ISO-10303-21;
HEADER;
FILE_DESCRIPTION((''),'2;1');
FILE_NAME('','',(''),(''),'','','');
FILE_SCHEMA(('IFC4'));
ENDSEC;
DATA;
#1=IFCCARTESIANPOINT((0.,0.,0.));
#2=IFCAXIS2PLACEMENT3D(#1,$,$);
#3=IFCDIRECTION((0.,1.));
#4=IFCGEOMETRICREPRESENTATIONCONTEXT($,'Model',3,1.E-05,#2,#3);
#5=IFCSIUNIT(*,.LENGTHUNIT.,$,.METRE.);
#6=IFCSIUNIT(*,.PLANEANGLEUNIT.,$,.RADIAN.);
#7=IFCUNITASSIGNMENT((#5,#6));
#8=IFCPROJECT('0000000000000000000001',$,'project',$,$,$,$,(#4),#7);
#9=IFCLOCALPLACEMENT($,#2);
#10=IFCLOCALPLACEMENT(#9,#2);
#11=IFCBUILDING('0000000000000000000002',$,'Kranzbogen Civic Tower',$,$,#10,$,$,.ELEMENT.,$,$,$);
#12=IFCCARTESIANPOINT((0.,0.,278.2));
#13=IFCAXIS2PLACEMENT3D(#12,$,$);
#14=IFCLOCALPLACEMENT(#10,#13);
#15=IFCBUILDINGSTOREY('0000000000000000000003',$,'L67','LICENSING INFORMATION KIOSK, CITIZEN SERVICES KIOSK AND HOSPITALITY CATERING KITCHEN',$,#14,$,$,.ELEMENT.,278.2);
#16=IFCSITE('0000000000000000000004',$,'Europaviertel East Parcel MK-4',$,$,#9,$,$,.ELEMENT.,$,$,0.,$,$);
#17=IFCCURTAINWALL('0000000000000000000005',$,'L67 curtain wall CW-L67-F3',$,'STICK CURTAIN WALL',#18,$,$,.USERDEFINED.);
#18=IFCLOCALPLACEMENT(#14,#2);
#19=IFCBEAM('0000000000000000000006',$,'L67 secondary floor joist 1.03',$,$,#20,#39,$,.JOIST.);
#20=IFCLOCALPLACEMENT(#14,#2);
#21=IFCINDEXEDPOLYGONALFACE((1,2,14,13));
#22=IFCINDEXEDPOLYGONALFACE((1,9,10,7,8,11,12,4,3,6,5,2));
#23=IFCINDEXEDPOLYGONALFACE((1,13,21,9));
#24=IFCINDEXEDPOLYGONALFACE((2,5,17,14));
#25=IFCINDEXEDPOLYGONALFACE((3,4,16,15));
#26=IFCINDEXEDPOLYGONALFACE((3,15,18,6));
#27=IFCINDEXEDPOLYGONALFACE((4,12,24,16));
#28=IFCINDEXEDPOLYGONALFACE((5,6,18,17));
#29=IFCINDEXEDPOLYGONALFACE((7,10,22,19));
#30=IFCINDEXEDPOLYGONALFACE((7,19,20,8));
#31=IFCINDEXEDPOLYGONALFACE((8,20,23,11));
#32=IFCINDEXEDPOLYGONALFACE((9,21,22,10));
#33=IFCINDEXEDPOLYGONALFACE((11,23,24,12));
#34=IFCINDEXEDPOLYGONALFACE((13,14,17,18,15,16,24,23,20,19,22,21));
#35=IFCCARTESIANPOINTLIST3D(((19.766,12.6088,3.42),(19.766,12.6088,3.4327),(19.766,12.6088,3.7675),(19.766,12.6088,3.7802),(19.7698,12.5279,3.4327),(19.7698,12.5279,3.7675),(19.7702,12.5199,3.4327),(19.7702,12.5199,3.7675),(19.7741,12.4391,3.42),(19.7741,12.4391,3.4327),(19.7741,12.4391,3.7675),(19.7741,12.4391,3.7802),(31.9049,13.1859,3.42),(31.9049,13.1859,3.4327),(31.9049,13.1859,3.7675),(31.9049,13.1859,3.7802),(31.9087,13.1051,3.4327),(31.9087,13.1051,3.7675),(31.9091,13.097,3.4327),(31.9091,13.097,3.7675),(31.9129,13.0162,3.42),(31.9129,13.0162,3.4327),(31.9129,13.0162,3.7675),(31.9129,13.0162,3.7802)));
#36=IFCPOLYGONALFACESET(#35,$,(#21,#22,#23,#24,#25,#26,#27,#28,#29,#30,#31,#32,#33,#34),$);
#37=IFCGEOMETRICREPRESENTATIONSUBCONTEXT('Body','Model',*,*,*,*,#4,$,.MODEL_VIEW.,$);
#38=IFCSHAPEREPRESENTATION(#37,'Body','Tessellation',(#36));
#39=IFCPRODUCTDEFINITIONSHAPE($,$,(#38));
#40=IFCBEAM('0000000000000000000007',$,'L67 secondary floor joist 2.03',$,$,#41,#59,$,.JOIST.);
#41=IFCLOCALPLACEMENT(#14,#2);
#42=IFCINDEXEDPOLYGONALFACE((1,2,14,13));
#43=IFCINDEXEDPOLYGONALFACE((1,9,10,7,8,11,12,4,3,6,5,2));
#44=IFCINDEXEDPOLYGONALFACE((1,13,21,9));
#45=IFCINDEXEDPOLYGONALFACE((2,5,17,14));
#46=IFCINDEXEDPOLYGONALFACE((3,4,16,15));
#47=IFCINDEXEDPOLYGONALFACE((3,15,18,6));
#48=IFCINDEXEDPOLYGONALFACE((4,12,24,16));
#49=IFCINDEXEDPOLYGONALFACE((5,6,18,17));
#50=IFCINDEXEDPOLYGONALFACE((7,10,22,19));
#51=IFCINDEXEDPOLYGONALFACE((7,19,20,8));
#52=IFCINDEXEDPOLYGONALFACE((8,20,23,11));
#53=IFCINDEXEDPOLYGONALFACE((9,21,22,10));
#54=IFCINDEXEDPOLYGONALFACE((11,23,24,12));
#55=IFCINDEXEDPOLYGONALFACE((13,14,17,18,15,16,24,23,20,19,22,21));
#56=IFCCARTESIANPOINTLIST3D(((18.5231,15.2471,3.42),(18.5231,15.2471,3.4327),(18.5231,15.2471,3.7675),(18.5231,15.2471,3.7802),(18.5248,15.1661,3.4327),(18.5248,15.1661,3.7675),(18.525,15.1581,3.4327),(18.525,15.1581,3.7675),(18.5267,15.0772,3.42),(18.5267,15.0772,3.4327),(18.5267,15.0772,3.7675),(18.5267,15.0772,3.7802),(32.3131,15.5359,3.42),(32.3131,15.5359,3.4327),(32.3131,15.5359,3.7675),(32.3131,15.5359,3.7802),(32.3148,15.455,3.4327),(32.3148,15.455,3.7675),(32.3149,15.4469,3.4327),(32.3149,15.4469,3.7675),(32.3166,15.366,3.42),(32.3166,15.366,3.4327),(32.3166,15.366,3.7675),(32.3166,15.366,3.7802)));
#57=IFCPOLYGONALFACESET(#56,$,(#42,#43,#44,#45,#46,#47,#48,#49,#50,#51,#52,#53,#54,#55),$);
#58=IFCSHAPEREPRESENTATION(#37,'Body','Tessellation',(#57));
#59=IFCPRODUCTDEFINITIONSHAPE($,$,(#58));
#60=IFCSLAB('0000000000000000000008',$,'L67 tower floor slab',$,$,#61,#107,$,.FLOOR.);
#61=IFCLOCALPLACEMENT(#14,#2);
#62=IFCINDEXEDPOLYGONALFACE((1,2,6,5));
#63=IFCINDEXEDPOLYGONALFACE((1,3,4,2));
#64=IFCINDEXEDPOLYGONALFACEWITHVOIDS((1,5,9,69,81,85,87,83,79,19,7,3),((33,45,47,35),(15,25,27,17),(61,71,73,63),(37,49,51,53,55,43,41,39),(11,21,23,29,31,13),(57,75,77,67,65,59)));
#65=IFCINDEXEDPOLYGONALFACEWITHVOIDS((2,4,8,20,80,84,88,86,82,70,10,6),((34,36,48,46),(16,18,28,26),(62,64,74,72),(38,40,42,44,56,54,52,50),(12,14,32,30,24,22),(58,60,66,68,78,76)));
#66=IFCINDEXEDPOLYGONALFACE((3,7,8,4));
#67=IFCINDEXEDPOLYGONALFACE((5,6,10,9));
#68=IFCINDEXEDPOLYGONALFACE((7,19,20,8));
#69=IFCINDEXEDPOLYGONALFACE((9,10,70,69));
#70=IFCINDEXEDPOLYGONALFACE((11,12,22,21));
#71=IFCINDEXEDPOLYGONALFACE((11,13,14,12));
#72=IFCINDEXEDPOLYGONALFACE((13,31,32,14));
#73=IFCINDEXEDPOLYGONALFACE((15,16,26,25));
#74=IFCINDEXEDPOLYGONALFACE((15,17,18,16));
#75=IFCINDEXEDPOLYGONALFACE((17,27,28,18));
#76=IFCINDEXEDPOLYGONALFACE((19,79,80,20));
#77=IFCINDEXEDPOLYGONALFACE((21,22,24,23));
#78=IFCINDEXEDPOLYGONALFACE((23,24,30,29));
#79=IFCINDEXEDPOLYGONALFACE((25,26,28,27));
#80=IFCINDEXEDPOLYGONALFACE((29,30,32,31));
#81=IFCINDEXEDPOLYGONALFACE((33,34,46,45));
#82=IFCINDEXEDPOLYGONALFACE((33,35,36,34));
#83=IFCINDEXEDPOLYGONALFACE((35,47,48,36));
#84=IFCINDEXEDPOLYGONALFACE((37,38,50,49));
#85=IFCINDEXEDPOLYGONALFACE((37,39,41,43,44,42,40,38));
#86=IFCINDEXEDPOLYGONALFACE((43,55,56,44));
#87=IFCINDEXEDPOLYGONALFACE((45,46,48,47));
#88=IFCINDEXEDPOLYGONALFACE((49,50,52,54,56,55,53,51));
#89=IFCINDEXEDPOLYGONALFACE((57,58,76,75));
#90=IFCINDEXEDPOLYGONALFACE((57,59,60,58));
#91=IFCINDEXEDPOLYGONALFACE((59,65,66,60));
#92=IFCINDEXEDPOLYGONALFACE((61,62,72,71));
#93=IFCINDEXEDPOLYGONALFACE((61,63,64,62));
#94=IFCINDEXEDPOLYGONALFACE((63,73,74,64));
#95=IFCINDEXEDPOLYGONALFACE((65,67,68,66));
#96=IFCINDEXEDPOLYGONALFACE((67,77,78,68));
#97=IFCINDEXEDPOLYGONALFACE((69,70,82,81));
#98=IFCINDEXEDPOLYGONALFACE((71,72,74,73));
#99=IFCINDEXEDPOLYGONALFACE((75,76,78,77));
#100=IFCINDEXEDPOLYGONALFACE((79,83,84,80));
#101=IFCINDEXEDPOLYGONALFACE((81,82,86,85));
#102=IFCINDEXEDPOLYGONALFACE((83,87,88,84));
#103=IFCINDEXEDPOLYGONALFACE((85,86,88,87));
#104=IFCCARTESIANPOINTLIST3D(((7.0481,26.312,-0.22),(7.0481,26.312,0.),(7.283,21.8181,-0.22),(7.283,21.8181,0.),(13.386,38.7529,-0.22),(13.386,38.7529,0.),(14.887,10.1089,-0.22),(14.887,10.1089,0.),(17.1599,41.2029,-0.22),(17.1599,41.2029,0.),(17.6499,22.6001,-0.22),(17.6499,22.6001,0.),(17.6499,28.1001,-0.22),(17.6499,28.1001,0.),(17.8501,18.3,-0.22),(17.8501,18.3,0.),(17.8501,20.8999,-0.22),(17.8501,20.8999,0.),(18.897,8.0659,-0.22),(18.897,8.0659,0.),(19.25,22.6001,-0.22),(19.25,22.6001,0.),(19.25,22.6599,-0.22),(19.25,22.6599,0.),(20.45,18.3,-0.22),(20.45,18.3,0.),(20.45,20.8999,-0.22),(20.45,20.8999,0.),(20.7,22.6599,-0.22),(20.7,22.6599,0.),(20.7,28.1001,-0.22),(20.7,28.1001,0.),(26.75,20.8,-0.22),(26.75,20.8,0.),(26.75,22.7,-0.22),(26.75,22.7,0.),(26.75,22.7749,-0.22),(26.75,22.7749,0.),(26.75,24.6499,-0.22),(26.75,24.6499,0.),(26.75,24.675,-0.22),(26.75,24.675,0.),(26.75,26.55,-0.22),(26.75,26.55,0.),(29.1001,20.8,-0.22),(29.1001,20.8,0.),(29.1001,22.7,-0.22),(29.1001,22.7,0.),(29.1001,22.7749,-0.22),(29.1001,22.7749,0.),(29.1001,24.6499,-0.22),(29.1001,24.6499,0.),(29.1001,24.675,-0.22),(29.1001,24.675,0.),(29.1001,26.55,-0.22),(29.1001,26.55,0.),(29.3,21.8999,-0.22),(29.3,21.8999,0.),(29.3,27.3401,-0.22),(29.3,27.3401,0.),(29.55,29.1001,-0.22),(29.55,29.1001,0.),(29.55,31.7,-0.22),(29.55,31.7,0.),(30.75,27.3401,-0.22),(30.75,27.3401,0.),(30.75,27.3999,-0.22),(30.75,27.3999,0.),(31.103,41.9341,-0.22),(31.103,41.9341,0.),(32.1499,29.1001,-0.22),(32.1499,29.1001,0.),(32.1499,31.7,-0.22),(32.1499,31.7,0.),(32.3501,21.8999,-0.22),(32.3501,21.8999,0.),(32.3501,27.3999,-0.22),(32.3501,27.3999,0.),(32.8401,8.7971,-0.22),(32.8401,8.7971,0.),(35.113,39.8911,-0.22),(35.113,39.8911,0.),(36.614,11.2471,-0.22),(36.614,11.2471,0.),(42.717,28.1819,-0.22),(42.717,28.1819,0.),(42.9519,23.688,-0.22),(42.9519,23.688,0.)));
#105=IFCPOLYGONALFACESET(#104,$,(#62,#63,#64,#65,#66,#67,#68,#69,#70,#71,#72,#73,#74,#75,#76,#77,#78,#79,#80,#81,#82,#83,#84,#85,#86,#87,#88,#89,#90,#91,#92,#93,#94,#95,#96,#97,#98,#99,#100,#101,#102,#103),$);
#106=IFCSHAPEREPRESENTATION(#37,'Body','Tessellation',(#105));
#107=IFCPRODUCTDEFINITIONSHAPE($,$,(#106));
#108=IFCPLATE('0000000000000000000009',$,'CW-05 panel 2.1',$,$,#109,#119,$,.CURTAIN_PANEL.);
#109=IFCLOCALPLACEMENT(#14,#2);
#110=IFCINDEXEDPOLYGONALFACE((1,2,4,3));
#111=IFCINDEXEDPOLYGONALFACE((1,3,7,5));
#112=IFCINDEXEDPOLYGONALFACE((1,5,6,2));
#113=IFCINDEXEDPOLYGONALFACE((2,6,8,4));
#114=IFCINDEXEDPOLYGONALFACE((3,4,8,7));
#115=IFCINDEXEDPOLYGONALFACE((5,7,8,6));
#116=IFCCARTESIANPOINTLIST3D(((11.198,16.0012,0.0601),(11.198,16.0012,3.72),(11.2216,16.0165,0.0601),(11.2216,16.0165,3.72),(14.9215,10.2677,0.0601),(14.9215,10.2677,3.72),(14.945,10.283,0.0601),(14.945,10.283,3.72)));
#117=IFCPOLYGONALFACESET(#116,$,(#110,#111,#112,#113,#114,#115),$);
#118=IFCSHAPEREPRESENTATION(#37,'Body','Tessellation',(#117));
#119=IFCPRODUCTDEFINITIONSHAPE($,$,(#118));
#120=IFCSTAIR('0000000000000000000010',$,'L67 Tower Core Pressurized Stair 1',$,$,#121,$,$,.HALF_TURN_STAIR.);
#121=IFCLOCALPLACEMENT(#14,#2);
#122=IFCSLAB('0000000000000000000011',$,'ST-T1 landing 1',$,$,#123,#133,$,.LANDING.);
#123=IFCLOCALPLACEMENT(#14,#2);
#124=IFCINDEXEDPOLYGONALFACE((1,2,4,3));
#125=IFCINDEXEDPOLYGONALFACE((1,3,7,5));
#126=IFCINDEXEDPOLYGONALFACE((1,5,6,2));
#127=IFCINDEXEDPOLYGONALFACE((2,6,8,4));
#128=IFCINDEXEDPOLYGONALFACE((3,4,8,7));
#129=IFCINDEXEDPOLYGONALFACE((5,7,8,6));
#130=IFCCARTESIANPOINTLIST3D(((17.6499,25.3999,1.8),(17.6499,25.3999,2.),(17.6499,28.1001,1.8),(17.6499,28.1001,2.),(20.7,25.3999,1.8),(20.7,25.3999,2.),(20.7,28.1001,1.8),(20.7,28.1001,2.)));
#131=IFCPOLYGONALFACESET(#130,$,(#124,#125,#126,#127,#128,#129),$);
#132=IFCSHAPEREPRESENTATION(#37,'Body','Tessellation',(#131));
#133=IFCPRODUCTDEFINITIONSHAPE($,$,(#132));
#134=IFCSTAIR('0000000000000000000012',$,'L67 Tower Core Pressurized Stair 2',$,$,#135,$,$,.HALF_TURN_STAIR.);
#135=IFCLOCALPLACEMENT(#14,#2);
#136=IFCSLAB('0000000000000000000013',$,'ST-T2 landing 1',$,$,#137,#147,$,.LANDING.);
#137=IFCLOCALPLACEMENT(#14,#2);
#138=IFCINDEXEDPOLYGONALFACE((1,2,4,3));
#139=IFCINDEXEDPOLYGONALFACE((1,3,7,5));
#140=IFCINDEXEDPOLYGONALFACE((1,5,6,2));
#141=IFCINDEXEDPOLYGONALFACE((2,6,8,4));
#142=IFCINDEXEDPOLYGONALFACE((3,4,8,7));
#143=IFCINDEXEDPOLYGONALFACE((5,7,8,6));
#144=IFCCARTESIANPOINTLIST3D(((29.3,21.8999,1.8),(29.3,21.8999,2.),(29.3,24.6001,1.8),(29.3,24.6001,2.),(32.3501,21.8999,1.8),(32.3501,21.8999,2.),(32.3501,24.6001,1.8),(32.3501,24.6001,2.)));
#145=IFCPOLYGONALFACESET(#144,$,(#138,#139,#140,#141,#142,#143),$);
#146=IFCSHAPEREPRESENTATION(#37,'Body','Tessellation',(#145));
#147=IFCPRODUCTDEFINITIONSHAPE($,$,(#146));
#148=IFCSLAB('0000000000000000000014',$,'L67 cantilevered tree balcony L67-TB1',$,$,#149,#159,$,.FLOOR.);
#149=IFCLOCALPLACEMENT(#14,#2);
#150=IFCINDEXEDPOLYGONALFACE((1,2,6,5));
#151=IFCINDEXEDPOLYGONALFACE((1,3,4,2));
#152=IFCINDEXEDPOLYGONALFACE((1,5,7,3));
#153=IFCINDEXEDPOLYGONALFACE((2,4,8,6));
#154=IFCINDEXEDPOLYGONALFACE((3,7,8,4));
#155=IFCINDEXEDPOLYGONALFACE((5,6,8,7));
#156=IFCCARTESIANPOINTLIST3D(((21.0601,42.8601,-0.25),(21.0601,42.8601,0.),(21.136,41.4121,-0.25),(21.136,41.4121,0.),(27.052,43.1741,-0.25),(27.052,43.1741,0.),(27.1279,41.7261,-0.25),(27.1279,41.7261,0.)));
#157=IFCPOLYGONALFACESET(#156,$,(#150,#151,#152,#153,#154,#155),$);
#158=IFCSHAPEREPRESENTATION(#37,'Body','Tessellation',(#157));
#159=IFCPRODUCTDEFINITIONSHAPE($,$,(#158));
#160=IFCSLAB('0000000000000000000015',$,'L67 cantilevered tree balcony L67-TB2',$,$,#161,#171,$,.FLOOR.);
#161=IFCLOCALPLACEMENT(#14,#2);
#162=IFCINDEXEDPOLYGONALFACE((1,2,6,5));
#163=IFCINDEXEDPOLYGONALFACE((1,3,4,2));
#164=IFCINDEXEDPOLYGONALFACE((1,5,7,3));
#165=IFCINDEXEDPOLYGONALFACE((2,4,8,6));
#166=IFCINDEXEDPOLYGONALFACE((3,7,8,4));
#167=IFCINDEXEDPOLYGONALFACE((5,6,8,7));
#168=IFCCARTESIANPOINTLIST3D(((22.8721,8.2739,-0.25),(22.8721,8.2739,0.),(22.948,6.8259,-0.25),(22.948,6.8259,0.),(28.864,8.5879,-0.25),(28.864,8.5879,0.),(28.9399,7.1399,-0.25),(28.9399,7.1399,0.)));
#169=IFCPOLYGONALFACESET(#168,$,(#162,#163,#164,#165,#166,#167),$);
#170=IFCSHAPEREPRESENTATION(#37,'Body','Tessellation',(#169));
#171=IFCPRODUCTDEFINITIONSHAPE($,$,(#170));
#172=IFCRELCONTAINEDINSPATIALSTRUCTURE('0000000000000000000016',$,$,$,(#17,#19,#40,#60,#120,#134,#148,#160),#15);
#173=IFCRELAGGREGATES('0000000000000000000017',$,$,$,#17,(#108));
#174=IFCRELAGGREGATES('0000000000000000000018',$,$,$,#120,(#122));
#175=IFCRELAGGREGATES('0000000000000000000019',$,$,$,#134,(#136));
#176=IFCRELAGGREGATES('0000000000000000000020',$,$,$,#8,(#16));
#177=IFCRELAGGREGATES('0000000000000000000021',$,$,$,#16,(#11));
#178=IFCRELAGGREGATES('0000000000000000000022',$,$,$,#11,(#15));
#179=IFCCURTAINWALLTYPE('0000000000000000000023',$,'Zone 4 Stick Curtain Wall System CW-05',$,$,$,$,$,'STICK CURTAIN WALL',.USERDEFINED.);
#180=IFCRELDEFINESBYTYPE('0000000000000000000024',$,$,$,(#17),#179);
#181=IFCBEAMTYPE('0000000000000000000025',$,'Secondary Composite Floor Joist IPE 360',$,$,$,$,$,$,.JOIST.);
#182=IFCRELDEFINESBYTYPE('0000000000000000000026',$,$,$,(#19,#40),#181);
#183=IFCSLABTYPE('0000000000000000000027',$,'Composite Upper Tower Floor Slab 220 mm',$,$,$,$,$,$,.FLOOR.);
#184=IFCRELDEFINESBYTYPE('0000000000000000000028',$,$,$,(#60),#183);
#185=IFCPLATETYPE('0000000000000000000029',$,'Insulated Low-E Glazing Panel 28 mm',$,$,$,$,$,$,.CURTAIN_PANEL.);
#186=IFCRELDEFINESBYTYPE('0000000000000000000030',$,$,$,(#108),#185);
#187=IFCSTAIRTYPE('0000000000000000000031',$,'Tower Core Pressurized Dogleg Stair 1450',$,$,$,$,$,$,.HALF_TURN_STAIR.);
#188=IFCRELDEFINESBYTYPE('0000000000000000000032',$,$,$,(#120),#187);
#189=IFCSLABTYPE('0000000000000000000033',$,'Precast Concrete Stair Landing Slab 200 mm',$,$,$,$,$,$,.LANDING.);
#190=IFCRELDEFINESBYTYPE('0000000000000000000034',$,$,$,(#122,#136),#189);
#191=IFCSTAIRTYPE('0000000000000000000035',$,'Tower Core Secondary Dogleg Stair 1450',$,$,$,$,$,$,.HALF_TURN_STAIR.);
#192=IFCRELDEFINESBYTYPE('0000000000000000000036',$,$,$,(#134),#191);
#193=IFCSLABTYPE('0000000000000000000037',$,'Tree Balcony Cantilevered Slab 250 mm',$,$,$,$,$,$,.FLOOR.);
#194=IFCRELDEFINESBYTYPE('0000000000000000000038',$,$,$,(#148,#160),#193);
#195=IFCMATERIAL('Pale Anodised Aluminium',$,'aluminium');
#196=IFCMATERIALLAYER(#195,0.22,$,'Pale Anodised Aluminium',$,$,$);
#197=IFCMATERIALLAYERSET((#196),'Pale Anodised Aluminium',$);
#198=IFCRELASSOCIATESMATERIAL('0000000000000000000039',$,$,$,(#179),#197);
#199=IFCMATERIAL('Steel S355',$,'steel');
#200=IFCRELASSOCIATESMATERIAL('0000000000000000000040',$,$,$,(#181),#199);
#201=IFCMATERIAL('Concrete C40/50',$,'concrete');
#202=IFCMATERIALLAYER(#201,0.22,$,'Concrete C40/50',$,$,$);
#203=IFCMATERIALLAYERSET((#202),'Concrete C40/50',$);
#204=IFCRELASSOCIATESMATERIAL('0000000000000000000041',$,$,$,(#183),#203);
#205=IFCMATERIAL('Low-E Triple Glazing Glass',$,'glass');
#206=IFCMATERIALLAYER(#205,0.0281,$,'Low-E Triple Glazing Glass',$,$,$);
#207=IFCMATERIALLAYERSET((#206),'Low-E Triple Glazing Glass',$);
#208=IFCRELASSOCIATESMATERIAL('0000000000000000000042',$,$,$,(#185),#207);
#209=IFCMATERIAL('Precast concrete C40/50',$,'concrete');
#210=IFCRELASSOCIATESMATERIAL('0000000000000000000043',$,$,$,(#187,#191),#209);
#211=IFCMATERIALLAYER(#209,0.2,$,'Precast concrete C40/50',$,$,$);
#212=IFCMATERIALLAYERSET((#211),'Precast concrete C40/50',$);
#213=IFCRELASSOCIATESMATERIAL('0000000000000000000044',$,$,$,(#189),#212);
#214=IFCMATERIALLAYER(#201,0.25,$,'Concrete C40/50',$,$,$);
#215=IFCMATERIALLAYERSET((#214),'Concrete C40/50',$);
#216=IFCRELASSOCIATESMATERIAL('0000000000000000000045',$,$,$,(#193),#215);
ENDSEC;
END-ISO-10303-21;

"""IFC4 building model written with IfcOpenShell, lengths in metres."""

from ifc_helpers import new_model, si_unit, direction, frame, origin, origin_2d, place, context, subcontext, project, spatial, polyline, rectangle, i_section, outline, extrude, material, layer, layer_set, material_profile, profile_set, type_object, element, aggregate, save


model = new_model("IFC4")

# Units and contexts
model_context = context("Model", 3, precision=1e-05, world=origin(), true_north=direction((0.0, 1.0)))
body_context = subcontext(model_context, "Body", "Model", "MODEL_VIEW")
ifc_project = project(units=[si_unit("LENGTHUNIT", "METRE"), si_unit("PLANEANGLEUNIT", "RADIAN")], contexts=[model_context])

# Site, building, storey
site_placement = place(None, origin())
site = spatial("IfcSite", under=ifc_project, at=site_placement, Name="Europaviertel East Parcel MK-4", CompositionType="ELEMENT", RefElevation=0.0)
building_placement = place(site_placement, origin())
building = spatial("IfcBuilding", under=site, at=building_placement, Name="Kranzbogen Civic Tower", CompositionType="ELEMENT")
storey_placement = place(building_placement, frame((0.0, 0.0, 278.2)))
storey = spatial("IfcBuildingStorey", under=building, at=storey_placement, Name="L67", Description="LICENSING INFORMATION KIOSK, CITIZEN SERVICES KIOSK AND HOSPITALITY CATERING KITCHEN", CompositionType="ELEMENT", Elevation=278.2)

# Shared definitions
ifc_material_1 = material(Name="Steel S355", Category="steel")

# Curtain wall
ifc_material_2 = material(Name="Pale Anodised Aluminium", Category="aluminium")
ifc_layer_1 = layer(ifc_material_2, 0.22, Name="Pale Anodised Aluminium")
ifc_layer_set_1 = layer_set([ifc_layer_1], Name="Pale Anodised Aluminium")
curtain_wall_type = type_object("IfcCurtainWallType", Name="Zone 4 Stick Curtain Wall System CW-05", ElementType="STICK CURTAIN WALL", PredefinedType="USERDEFINED", material=ifc_layer_set_1)
curtain_wall_1_placement = place(storey_placement, origin())
curtain_wall_1 = element("IfcCurtainWall", 1, at=curtain_wall_1_placement, inside=storey, type_object=curtain_wall_type, Name="L67 curtain wall CW-L67-F3", ObjectType="STICK CURTAIN WALL", PredefinedType="USERDEFINED")

# Beams
ifc_material_profile_1 = material_profile(ifc_material_1, i_section(OverallWidth=0.1699, OverallDepth=0.3601, WebThickness=0.0081, FlangeThickness=0.0127, at=origin_2d()), Name="IPE 360")
ifc_profile_set_1 = profile_set([ifc_material_profile_1], Name="Steel S355")
beam_type_1 = type_object("IfcBeamType", Name="Secondary Composite Floor Joist IPE 360", PredefinedType="JOIST", material=ifc_profile_set_1)
beam_1_placement = place(storey_placement, frame((19.77, 12.5239, 3.6001), z_axis=(0.998872, 0.047492, 0.0), x_axis=(-0.047492, 0.998872, 0.0)))
element("IfcBeam", 2, at=beam_1_placement, inside=storey, type_object=beam_type_1, Name="L67 secondary floor joist 1.03", PredefinedType="JOIST", context=body_context, shape_type="SweptSolid", body=[
    extrude(i_section(OverallWidth=0.1699, OverallDepth=0.3601, WebThickness=0.0081, FlangeThickness=0.0127, at=origin_2d()), origin(), (0.0, 0.0, 1.0), 12.1526),
])
beam_2_placement = place(storey_placement, frame((18.5249, 15.1621, 3.6001), z_axis=(0.999781, 0.020939, 0.0), x_axis=(-0.020939, 0.999781, 0.0)))
element("IfcBeam", 3, at=beam_2_placement, inside=storey, type_object=beam_type_1, Name="L67 secondary floor joist 2.03", PredefinedType="JOIST", context=body_context, shape_type="SweptSolid", body=[
    extrude(i_section(OverallWidth=0.1699, OverallDepth=0.3601, WebThickness=0.0081, FlangeThickness=0.0127, at=origin_2d()), origin(), (0.0, 0.0, 1.0), 13.793),
])

# Slab
ifc_material_3 = material(Name="Concrete C40/50", Category="concrete")
ifc_layer_2 = layer(ifc_material_3, 0.22, Name="Concrete C40/50")
ifc_layer_set_2 = layer_set([ifc_layer_2], Name="Concrete C40/50")
slab_type_1 = type_object("IfcSlabType", Name="Composite Upper Tower Floor Slab 220 mm", PredefinedType="FLOOR", material=ifc_layer_set_2)
slab_1_placement = place(storey_placement, frame((0.0, 0.0, -0.22)))
element("IfcSlab", 4, at=slab_1_placement, inside=storey, type_object=slab_type_1, Name="L67 tower floor slab", PredefinedType="FLOOR", context=body_context, shape_type="SweptSolid", body=[
    extrude(outline(polyline([(31.103, 41.9341), (17.1599, 41.2029), (13.386, 38.7529), (7.0481, 26.312), (7.283, 21.8181), (14.887, 10.1089), (18.897, 8.0659), (32.8401, 8.7971), (36.614, 11.2471), (42.9519, 23.688), (42.717, 28.1819), (35.113, 39.8911), (31.103, 41.9341)]), holes=[polyline([(17.8501, 20.8999), (20.45, 20.8999), (20.45, 18.3), (17.8501, 18.3), (17.8501, 20.8999)]), polyline([(29.1001, 22.7), (29.1001, 20.8), (26.75, 20.8), (26.75, 22.7), (29.1001, 22.7)]), polyline([(29.1001, 24.6499), (29.1001, 22.7749), (26.75, 22.7749), (26.75, 24.6499), (26.75, 24.675), (26.75, 26.55), (29.1001, 26.55), (29.1001, 24.675), (29.1001, 24.6499)]), polyline([(29.3, 27.3401), (30.75, 27.3401), (30.75, 27.3999), (32.3501, 27.3999), (32.3501, 21.8999), (29.3, 21.8999), (29.3, 27.3401)]), polyline([(20.7, 22.6599), (19.25, 22.6599), (19.25, 22.6001), (17.6499, 22.6001), (17.6499, 28.1001), (20.7, 28.1001), (20.7, 22.6599)]), polyline([(32.1499, 31.7), (32.1499, 29.1001), (29.55, 29.1001), (29.55, 31.7), (32.1499, 31.7)])]), origin(), (0.0, 0.0, 1.0), 0.22),
])

# Plate
ifc_material_4 = material(Name="Low-E Triple Glazing Glass", Category="glass")
ifc_layer_3 = layer(ifc_material_4, 0.0281, Name="Low-E Triple Glazing Glass")
ifc_layer_set_3 = layer_set([ifc_layer_3], Name="Low-E Triple Glazing Glass")
plate_type = type_object("IfcPlateType", Name="Insulated Low-E Glazing Panel 28 mm", PredefinedType="CURTAIN_PANEL", material=ifc_layer_set_3)
plate_placement = place(storey_placement, frame((13.0715, 13.1421, 0.0601), z_axis=(0.0, 0.0, 1.0), x_axis=(0.544648, -0.838665, 0.0)))
plate = element("IfcPlate", 5, at=plate_placement, type_object=plate_type, Name="CW-05 panel 2.1", PredefinedType="CURTAIN_PANEL", context=body_context, shape_type="SweptSolid", body=[
    extrude(rectangle(XDim=6.8364, YDim=0.0281, at=origin_2d()), origin(), (0.0, 0.0, 1.0), 3.6599),
])
aggregate(curtain_wall_1, [plate])

# Stairs, slabs
ifc_material_5 = material(Name="Precast concrete C40/50", Category="concrete")
stair_type_1 = type_object("IfcStairType", Name="Tower Core Pressurized Dogleg Stair 1450", PredefinedType="HALF_TURN_STAIR", material=ifc_material_5)
stair_1_placement = place(storey_placement, origin())
stair_1 = element("IfcStair", 6, at=stair_1_placement, inside=storey, type_object=stair_type_1, Name="L67 Tower Core Pressurized Stair 1", PredefinedType="HALF_TURN_STAIR")
ifc_layer_4 = layer(ifc_material_5, 0.2, Name="Precast concrete C40/50")
ifc_layer_set_4 = layer_set([ifc_layer_4], Name="Precast concrete C40/50")
slab_type_2 = type_object("IfcSlabType", Name="Precast Concrete Stair Landing Slab 200 mm", PredefinedType="LANDING", material=ifc_layer_set_4)
slab_2_placement = place(storey_placement, frame((0.0, 0.0, 1.8)))
slab_2 = element("IfcSlab", 7, at=slab_2_placement, type_object=slab_type_2, Name="ST-T1 landing 1", PredefinedType="LANDING", context=body_context, shape_type="SweptSolid", body=[
    extrude(outline(polyline([(20.7, 25.3999), (20.7, 28.1001), (17.6499, 28.1001), (17.6499, 25.3999), (20.7, 25.3999)])), origin(), (0.0, 0.0, 1.0), 0.2),
])
aggregate(stair_1, [slab_2])
stair_type_2 = type_object("IfcStairType", Name="Tower Core Secondary Dogleg Stair 1450", PredefinedType="HALF_TURN_STAIR", material=ifc_material_5)
stair_2_placement = place(storey_placement, origin())
stair_2 = element("IfcStair", 8, at=stair_2_placement, inside=storey, type_object=stair_type_2, Name="L67 Tower Core Pressurized Stair 2", PredefinedType="HALF_TURN_STAIR")
slab_3_placement = place(storey_placement, frame((0.0, 0.0, 1.8)))
slab_3 = element("IfcSlab", 9, at=slab_3_placement, type_object=slab_type_2, Name="ST-T2 landing 1", PredefinedType="LANDING", context=body_context, shape_type="SweptSolid", body=[
    extrude(outline(polyline([(29.3, 24.6001), (29.3, 21.8999), (32.3501, 21.8999), (32.3501, 24.6001), (29.3, 24.6001)])), origin(), (0.0, 0.0, 1.0), 0.2),
])
aggregate(stair_2, [slab_3])

# Slabs
ifc_layer_5 = layer(ifc_material_3, 0.25, Name="Concrete C40/50")
ifc_layer_set_5 = layer_set([ifc_layer_5], Name="Concrete C40/50")
slab_type_3 = type_object("IfcSlabType", Name="Tree Balcony Cantilevered Slab 250 mm", PredefinedType="FLOOR", material=ifc_layer_set_5)
slab_4_placement = place(storey_placement, frame((0.0, 0.0, -0.25)))
element("IfcSlab", 10, at=slab_4_placement, inside=storey, type_object=slab_type_3, Name="L67 cantilevered tree balcony L67-TB1", PredefinedType="FLOOR", context=body_context, shape_type="SweptSolid", body=[
    extrude(outline(polyline([(27.1279, 41.7261), (21.136, 41.4121), (21.0601, 42.8601), (27.052, 43.1741), (27.1279, 41.7261)])), origin(), (0.0, 0.0, 1.0), 0.25),
])
slab_5_placement = place(storey_placement, frame((0.0, 0.0, -0.25)))
element("IfcSlab", 11, at=slab_5_placement, inside=storey, type_object=slab_type_3, Name="L67 cantilevered tree balcony L67-TB2", PredefinedType="FLOOR", context=body_context, shape_type="SweptSolid", body=[
    extrude(outline(polyline([(22.8721, 8.2739), (28.864, 8.5879), (28.9399, 7.1399), (22.948, 6.8259), (22.8721, 8.2739)])), origin(), (0.0, 0.0, 1.0), 0.25),
])

save(model, "model.ifc")
